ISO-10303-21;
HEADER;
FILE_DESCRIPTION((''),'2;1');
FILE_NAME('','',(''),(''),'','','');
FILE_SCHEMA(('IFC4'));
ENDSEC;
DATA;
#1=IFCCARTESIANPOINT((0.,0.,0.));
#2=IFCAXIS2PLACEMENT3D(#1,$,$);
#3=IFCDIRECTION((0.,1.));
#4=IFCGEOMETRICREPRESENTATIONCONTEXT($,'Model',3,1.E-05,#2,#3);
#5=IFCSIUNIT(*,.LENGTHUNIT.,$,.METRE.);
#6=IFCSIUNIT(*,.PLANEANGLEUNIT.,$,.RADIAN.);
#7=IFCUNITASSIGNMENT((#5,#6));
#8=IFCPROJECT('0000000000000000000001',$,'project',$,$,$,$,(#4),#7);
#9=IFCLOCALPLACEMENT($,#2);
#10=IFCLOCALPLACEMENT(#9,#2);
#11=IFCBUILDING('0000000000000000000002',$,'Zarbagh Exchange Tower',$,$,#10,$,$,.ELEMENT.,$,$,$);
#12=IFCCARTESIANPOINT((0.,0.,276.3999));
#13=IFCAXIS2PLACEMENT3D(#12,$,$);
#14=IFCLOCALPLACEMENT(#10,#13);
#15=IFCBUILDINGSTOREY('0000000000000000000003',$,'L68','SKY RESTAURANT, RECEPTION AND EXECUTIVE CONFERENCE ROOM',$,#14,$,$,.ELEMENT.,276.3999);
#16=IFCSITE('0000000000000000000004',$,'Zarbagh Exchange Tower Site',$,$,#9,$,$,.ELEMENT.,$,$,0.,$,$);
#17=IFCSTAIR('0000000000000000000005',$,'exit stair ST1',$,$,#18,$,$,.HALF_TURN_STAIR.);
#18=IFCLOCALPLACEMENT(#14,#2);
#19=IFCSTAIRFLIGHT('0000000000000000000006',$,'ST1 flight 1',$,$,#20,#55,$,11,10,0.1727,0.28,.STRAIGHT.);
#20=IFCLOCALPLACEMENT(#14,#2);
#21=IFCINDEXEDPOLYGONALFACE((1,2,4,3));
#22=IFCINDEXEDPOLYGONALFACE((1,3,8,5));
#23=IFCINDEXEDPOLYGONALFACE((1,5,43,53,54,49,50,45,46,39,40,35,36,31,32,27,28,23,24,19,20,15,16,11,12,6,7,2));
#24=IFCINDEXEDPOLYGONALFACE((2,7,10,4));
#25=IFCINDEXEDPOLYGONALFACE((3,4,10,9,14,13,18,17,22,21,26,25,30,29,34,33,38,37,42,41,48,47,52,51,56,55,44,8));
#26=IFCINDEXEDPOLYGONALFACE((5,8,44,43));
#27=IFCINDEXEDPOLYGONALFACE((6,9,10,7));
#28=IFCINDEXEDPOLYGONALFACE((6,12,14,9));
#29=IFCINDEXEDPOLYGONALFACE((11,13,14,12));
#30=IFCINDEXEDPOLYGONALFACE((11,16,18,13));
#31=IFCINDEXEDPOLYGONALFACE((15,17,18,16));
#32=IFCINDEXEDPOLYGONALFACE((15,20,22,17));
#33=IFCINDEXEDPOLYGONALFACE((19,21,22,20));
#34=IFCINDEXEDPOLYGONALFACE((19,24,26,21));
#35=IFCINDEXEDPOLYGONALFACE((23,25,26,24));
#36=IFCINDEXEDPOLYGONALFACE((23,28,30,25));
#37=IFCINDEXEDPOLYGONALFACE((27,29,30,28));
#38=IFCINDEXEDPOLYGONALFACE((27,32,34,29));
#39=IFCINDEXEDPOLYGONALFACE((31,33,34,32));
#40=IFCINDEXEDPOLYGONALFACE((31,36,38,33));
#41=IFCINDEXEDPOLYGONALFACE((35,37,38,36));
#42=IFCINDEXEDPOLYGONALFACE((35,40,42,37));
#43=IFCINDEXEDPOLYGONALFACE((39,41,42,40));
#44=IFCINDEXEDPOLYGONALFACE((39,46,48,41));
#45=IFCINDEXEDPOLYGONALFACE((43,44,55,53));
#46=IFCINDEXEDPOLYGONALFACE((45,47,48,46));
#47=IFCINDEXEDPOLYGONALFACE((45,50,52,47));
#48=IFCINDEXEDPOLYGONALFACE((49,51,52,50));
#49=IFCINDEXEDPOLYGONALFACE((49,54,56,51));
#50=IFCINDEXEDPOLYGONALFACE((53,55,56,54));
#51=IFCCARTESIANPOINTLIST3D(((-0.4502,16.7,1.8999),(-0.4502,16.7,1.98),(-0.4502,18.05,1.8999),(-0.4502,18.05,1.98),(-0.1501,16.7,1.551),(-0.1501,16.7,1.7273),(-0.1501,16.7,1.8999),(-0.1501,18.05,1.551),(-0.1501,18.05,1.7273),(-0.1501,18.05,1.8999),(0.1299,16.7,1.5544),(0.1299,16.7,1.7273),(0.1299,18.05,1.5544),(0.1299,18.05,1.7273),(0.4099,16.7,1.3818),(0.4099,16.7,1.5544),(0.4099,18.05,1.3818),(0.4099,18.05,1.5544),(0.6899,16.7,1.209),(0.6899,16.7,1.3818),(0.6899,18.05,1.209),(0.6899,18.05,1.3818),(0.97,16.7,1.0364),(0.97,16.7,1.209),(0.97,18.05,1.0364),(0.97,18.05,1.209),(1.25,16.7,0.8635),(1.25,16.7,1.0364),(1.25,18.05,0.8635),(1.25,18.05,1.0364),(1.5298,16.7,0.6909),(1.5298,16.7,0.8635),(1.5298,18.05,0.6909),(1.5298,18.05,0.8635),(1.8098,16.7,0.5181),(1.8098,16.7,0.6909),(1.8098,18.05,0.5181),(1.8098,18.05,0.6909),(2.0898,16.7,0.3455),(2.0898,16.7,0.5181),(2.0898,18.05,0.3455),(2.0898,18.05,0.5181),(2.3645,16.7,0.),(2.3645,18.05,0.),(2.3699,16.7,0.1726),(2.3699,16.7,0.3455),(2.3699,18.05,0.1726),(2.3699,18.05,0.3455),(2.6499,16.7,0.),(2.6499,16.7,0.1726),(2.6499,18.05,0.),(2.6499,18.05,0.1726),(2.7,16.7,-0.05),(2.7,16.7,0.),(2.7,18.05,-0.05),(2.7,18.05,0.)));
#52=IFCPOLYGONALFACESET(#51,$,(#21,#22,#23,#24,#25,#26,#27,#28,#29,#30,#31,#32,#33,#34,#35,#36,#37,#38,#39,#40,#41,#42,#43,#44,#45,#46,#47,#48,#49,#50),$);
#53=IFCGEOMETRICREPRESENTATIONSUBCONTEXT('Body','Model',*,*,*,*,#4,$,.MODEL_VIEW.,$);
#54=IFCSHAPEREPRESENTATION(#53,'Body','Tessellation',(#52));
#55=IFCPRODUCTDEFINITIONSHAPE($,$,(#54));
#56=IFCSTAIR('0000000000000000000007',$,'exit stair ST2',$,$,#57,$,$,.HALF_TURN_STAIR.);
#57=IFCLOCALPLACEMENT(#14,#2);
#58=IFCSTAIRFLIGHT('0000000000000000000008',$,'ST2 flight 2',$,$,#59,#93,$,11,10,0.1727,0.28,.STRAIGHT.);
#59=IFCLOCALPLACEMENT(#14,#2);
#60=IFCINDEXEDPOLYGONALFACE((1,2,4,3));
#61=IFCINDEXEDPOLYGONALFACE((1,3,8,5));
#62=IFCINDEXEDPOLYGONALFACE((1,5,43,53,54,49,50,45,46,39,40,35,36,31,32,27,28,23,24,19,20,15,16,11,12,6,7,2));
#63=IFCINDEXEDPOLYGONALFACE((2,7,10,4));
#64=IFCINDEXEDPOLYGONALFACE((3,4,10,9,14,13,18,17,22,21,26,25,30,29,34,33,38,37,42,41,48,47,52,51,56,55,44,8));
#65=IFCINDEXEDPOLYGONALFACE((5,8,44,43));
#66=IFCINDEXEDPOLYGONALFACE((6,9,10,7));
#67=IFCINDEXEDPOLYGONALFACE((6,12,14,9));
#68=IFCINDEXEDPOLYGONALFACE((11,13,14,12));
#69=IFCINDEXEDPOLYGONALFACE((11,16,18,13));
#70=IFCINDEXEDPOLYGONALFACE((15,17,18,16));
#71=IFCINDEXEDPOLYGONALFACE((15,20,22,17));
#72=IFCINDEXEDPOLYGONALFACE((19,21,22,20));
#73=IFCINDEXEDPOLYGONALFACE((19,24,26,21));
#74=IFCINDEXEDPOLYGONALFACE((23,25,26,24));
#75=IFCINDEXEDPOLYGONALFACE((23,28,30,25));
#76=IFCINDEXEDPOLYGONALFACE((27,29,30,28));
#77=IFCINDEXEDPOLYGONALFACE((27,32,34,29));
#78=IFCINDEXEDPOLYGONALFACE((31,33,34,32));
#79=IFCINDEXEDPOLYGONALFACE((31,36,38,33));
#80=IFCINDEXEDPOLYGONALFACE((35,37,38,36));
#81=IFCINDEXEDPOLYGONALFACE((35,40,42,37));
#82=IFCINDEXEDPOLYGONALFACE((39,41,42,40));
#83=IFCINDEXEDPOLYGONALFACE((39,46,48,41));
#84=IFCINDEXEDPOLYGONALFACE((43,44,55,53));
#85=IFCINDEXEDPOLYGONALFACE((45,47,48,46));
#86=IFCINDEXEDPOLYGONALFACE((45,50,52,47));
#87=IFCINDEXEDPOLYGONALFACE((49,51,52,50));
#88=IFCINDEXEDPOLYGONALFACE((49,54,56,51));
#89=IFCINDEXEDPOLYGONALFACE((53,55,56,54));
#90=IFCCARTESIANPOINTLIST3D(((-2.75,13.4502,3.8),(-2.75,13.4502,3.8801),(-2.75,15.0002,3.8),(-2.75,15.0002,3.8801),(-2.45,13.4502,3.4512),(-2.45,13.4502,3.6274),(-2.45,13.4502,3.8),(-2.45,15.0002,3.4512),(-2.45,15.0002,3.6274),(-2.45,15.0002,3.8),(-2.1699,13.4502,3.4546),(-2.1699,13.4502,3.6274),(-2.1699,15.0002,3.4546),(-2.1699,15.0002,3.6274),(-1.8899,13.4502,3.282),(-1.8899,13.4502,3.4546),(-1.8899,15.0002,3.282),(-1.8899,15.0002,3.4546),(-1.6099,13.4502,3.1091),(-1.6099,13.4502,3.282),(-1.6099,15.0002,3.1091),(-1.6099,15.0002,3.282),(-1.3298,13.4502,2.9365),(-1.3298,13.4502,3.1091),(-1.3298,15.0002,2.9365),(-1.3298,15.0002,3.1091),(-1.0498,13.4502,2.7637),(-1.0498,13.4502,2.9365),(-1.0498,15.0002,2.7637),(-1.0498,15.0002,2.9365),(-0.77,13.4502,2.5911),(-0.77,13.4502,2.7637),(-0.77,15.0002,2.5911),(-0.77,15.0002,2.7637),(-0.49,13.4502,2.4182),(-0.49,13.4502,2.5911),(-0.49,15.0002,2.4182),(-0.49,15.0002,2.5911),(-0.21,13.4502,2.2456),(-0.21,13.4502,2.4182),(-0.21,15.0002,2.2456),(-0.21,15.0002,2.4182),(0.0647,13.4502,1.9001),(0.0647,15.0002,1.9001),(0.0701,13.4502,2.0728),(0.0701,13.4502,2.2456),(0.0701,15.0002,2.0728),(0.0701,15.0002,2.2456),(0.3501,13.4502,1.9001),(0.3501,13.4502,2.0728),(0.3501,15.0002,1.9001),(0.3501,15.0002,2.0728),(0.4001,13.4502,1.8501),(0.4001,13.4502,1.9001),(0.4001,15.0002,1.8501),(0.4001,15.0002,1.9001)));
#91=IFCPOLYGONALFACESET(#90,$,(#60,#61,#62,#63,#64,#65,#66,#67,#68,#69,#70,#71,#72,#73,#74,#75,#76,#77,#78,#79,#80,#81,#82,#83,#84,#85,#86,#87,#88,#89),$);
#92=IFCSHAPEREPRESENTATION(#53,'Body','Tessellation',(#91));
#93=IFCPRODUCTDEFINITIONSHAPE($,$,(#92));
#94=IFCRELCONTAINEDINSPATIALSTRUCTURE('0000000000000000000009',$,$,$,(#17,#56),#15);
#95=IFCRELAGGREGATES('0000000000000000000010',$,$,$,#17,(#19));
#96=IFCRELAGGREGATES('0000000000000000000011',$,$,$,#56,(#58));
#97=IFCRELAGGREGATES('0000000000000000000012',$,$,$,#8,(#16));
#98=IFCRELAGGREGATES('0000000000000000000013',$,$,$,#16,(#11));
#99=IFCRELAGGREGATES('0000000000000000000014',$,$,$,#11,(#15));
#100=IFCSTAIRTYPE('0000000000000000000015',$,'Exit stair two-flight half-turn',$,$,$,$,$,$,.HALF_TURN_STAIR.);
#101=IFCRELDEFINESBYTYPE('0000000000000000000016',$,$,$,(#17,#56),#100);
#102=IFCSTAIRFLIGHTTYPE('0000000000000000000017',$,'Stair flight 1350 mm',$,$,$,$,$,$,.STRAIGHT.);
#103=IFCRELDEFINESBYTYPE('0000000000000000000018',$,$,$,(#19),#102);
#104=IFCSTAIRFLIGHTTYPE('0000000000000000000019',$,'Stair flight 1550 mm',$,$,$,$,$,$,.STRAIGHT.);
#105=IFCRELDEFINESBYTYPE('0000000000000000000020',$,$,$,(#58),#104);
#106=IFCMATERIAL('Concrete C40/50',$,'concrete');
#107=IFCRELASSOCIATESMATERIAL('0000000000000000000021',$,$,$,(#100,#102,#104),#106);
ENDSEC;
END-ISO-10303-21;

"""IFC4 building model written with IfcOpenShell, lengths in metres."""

from ifc_helpers import new_model, si_unit, direction, frame, origin, place, context, subcontext, project, spatial, polyline, outline, extrude, material, type_object, element, aggregate, save


model = new_model("IFC4")

# Units and contexts
model_context = context("Model", 3, precision=1e-05, world=origin(), true_north=direction((0.0, 1.0)))
body_context = subcontext(model_context, "Body", "Model", "MODEL_VIEW")
ifc_project = project(units=[si_unit("LENGTHUNIT", "METRE"), si_unit("PLANEANGLEUNIT", "RADIAN")], contexts=[model_context])

# Site, building, storey
site_placement = place(None, origin())
site = spatial("IfcSite", under=ifc_project, at=site_placement, Name="Zarbagh Exchange Tower Site", CompositionType="ELEMENT", RefElevation=0.0)
building_placement = place(site_placement, origin())
building = spatial("IfcBuilding", under=site, at=building_placement, Name="Zarbagh Exchange Tower", CompositionType="ELEMENT")
storey_placement = place(building_placement, frame((0.0, 0.0, 276.3999)))
storey = spatial("IfcBuildingStorey", under=building, at=storey_placement, Name="L68", Description="SKY RESTAURANT, RECEPTION AND EXECUTIVE CONFERENCE ROOM", CompositionType="ELEMENT", Elevation=276.3999)

# Shared definitions
ifc_material_1 = material(Name="Concrete C40/50", Category="concrete")

# Stairs, stair flights
stair_type = type_object("IfcStairType", Name="Exit stair two-flight half-turn", PredefinedType="HALF_TURN_STAIR", material=ifc_material_1)
stair_1_placement = place(storey_placement, origin())
stair_1 = element("IfcStair", 1, at=stair_1_placement, inside=storey, type_object=stair_type, Name="exit stair ST1", PredefinedType="HALF_TURN_STAIR")
stair_flight_type_1 = type_object("IfcStairFlightType", Name="Stair flight 1350 mm", PredefinedType="STRAIGHT", material=ifc_material_1)
stair_flight_1_placement = place(storey_placement, frame((2.6499, 17.375, 0.0), z_axis=(0.0, 0.0, 1.0), x_axis=(-1.0, 0.0, 0.0)))
stair_flight_1 = element("IfcStairFlight", 2, at=stair_flight_1_placement, type_object=stair_flight_type_1, Name="ST1 flight 1", NumberOfRisers=11, NumberOfTreads=10, PredefinedType="STRAIGHT", RiserHeight=0.1727, TreadLength=0.28, context=body_context, shape_type="SweptSolid", body=[
    extrude(outline(polyline([(-0.05, -0.05), (-0.05, 0.0), (0.0, 0.0), (0.0, 0.1726), (0.28, 0.1726), (0.28, 0.3455), (0.5601, 0.3455), (0.5601, 0.5181), (0.8401, 0.5181), (0.8401, 0.6909), (1.1201, 0.6909), (1.1201, 0.8635), (1.3999, 0.8635), (1.3999, 1.0364), (1.6799, 1.0364), (1.6799, 1.209), (1.96, 1.209), (1.96, 1.3818), (2.24, 1.3818), (2.24, 1.5544), (2.52, 1.5544), (2.52, 1.7273), (2.8, 1.7273), (2.8, 1.8999), (3.1001, 1.98), (3.1001, 1.8999), (2.8, 1.551), (0.2854, 0.0), (-0.05, -0.05)])), frame((0.0, 0.675, 0.0), z_axis=(0.0, -1.0, 0.0), x_axis=(1.0, 0.0, 0.0)), (0.0, 0.0, 1.0), 1.3501),
])
aggregate(stair_1, [stair_flight_1])
stair_2_placement = place(storey_placement, origin())
stair_2 = element("IfcStair", 3, at=stair_2_placement, inside=storey, type_object=stair_type, Name="exit stair ST2", PredefinedType="HALF_TURN_STAIR")
stair_flight_type_2 = type_object("IfcStairFlightType", Name="Stair flight 1550 mm", PredefinedType="STRAIGHT", material=ifc_material_1)
stair_flight_2_placement = place(storey_placement, frame((0.3501, 14.2251, 1.9001), z_axis=(0.0, 0.0, 1.0), x_axis=(-1.0, 0.0, 0.0)))
stair_flight_2 = element("IfcStairFlight", 4, at=stair_flight_2_placement, type_object=stair_flight_type_2, Name="ST2 flight 2", NumberOfRisers=11, NumberOfTreads=10, PredefinedType="STRAIGHT", RiserHeight=0.1727, TreadLength=0.28, context=body_context, shape_type="SweptSolid", body=[
    extrude(outline(polyline([(-0.05, -0.05), (-0.05, 0.0), (0.0, 0.0), (0.0, 0.1726), (0.28, 0.1726), (0.28, 0.3455), (0.5601, 0.3455), (0.5601, 0.5181), (0.8401, 0.5181), (0.8401, 0.6909), (1.1201, 0.6909), (1.1201, 0.8635), (1.3999, 0.8635), (1.3999, 1.0364), (1.6799, 1.0364), (1.6799, 1.209), (1.96, 1.209), (1.96, 1.3818), (2.24, 1.3818), (2.24, 1.5544), (2.52, 1.5544), (2.52, 1.7273), (2.8, 1.7273), (2.8, 1.8999), (3.1001, 1.98), (3.1001, 1.8999), (2.8, 1.551), (0.2854, 0.0), (-0.05, -0.05)])), frame((0.0, 0.7749, 0.0), z_axis=(0.0, -1.0, 0.0), x_axis=(1.0, 0.0, 0.0)), (0.0, 0.0, 1.0), 1.55),
])
aggregate(stair_2, [stair_flight_2])

save(model, "model.ifc")
